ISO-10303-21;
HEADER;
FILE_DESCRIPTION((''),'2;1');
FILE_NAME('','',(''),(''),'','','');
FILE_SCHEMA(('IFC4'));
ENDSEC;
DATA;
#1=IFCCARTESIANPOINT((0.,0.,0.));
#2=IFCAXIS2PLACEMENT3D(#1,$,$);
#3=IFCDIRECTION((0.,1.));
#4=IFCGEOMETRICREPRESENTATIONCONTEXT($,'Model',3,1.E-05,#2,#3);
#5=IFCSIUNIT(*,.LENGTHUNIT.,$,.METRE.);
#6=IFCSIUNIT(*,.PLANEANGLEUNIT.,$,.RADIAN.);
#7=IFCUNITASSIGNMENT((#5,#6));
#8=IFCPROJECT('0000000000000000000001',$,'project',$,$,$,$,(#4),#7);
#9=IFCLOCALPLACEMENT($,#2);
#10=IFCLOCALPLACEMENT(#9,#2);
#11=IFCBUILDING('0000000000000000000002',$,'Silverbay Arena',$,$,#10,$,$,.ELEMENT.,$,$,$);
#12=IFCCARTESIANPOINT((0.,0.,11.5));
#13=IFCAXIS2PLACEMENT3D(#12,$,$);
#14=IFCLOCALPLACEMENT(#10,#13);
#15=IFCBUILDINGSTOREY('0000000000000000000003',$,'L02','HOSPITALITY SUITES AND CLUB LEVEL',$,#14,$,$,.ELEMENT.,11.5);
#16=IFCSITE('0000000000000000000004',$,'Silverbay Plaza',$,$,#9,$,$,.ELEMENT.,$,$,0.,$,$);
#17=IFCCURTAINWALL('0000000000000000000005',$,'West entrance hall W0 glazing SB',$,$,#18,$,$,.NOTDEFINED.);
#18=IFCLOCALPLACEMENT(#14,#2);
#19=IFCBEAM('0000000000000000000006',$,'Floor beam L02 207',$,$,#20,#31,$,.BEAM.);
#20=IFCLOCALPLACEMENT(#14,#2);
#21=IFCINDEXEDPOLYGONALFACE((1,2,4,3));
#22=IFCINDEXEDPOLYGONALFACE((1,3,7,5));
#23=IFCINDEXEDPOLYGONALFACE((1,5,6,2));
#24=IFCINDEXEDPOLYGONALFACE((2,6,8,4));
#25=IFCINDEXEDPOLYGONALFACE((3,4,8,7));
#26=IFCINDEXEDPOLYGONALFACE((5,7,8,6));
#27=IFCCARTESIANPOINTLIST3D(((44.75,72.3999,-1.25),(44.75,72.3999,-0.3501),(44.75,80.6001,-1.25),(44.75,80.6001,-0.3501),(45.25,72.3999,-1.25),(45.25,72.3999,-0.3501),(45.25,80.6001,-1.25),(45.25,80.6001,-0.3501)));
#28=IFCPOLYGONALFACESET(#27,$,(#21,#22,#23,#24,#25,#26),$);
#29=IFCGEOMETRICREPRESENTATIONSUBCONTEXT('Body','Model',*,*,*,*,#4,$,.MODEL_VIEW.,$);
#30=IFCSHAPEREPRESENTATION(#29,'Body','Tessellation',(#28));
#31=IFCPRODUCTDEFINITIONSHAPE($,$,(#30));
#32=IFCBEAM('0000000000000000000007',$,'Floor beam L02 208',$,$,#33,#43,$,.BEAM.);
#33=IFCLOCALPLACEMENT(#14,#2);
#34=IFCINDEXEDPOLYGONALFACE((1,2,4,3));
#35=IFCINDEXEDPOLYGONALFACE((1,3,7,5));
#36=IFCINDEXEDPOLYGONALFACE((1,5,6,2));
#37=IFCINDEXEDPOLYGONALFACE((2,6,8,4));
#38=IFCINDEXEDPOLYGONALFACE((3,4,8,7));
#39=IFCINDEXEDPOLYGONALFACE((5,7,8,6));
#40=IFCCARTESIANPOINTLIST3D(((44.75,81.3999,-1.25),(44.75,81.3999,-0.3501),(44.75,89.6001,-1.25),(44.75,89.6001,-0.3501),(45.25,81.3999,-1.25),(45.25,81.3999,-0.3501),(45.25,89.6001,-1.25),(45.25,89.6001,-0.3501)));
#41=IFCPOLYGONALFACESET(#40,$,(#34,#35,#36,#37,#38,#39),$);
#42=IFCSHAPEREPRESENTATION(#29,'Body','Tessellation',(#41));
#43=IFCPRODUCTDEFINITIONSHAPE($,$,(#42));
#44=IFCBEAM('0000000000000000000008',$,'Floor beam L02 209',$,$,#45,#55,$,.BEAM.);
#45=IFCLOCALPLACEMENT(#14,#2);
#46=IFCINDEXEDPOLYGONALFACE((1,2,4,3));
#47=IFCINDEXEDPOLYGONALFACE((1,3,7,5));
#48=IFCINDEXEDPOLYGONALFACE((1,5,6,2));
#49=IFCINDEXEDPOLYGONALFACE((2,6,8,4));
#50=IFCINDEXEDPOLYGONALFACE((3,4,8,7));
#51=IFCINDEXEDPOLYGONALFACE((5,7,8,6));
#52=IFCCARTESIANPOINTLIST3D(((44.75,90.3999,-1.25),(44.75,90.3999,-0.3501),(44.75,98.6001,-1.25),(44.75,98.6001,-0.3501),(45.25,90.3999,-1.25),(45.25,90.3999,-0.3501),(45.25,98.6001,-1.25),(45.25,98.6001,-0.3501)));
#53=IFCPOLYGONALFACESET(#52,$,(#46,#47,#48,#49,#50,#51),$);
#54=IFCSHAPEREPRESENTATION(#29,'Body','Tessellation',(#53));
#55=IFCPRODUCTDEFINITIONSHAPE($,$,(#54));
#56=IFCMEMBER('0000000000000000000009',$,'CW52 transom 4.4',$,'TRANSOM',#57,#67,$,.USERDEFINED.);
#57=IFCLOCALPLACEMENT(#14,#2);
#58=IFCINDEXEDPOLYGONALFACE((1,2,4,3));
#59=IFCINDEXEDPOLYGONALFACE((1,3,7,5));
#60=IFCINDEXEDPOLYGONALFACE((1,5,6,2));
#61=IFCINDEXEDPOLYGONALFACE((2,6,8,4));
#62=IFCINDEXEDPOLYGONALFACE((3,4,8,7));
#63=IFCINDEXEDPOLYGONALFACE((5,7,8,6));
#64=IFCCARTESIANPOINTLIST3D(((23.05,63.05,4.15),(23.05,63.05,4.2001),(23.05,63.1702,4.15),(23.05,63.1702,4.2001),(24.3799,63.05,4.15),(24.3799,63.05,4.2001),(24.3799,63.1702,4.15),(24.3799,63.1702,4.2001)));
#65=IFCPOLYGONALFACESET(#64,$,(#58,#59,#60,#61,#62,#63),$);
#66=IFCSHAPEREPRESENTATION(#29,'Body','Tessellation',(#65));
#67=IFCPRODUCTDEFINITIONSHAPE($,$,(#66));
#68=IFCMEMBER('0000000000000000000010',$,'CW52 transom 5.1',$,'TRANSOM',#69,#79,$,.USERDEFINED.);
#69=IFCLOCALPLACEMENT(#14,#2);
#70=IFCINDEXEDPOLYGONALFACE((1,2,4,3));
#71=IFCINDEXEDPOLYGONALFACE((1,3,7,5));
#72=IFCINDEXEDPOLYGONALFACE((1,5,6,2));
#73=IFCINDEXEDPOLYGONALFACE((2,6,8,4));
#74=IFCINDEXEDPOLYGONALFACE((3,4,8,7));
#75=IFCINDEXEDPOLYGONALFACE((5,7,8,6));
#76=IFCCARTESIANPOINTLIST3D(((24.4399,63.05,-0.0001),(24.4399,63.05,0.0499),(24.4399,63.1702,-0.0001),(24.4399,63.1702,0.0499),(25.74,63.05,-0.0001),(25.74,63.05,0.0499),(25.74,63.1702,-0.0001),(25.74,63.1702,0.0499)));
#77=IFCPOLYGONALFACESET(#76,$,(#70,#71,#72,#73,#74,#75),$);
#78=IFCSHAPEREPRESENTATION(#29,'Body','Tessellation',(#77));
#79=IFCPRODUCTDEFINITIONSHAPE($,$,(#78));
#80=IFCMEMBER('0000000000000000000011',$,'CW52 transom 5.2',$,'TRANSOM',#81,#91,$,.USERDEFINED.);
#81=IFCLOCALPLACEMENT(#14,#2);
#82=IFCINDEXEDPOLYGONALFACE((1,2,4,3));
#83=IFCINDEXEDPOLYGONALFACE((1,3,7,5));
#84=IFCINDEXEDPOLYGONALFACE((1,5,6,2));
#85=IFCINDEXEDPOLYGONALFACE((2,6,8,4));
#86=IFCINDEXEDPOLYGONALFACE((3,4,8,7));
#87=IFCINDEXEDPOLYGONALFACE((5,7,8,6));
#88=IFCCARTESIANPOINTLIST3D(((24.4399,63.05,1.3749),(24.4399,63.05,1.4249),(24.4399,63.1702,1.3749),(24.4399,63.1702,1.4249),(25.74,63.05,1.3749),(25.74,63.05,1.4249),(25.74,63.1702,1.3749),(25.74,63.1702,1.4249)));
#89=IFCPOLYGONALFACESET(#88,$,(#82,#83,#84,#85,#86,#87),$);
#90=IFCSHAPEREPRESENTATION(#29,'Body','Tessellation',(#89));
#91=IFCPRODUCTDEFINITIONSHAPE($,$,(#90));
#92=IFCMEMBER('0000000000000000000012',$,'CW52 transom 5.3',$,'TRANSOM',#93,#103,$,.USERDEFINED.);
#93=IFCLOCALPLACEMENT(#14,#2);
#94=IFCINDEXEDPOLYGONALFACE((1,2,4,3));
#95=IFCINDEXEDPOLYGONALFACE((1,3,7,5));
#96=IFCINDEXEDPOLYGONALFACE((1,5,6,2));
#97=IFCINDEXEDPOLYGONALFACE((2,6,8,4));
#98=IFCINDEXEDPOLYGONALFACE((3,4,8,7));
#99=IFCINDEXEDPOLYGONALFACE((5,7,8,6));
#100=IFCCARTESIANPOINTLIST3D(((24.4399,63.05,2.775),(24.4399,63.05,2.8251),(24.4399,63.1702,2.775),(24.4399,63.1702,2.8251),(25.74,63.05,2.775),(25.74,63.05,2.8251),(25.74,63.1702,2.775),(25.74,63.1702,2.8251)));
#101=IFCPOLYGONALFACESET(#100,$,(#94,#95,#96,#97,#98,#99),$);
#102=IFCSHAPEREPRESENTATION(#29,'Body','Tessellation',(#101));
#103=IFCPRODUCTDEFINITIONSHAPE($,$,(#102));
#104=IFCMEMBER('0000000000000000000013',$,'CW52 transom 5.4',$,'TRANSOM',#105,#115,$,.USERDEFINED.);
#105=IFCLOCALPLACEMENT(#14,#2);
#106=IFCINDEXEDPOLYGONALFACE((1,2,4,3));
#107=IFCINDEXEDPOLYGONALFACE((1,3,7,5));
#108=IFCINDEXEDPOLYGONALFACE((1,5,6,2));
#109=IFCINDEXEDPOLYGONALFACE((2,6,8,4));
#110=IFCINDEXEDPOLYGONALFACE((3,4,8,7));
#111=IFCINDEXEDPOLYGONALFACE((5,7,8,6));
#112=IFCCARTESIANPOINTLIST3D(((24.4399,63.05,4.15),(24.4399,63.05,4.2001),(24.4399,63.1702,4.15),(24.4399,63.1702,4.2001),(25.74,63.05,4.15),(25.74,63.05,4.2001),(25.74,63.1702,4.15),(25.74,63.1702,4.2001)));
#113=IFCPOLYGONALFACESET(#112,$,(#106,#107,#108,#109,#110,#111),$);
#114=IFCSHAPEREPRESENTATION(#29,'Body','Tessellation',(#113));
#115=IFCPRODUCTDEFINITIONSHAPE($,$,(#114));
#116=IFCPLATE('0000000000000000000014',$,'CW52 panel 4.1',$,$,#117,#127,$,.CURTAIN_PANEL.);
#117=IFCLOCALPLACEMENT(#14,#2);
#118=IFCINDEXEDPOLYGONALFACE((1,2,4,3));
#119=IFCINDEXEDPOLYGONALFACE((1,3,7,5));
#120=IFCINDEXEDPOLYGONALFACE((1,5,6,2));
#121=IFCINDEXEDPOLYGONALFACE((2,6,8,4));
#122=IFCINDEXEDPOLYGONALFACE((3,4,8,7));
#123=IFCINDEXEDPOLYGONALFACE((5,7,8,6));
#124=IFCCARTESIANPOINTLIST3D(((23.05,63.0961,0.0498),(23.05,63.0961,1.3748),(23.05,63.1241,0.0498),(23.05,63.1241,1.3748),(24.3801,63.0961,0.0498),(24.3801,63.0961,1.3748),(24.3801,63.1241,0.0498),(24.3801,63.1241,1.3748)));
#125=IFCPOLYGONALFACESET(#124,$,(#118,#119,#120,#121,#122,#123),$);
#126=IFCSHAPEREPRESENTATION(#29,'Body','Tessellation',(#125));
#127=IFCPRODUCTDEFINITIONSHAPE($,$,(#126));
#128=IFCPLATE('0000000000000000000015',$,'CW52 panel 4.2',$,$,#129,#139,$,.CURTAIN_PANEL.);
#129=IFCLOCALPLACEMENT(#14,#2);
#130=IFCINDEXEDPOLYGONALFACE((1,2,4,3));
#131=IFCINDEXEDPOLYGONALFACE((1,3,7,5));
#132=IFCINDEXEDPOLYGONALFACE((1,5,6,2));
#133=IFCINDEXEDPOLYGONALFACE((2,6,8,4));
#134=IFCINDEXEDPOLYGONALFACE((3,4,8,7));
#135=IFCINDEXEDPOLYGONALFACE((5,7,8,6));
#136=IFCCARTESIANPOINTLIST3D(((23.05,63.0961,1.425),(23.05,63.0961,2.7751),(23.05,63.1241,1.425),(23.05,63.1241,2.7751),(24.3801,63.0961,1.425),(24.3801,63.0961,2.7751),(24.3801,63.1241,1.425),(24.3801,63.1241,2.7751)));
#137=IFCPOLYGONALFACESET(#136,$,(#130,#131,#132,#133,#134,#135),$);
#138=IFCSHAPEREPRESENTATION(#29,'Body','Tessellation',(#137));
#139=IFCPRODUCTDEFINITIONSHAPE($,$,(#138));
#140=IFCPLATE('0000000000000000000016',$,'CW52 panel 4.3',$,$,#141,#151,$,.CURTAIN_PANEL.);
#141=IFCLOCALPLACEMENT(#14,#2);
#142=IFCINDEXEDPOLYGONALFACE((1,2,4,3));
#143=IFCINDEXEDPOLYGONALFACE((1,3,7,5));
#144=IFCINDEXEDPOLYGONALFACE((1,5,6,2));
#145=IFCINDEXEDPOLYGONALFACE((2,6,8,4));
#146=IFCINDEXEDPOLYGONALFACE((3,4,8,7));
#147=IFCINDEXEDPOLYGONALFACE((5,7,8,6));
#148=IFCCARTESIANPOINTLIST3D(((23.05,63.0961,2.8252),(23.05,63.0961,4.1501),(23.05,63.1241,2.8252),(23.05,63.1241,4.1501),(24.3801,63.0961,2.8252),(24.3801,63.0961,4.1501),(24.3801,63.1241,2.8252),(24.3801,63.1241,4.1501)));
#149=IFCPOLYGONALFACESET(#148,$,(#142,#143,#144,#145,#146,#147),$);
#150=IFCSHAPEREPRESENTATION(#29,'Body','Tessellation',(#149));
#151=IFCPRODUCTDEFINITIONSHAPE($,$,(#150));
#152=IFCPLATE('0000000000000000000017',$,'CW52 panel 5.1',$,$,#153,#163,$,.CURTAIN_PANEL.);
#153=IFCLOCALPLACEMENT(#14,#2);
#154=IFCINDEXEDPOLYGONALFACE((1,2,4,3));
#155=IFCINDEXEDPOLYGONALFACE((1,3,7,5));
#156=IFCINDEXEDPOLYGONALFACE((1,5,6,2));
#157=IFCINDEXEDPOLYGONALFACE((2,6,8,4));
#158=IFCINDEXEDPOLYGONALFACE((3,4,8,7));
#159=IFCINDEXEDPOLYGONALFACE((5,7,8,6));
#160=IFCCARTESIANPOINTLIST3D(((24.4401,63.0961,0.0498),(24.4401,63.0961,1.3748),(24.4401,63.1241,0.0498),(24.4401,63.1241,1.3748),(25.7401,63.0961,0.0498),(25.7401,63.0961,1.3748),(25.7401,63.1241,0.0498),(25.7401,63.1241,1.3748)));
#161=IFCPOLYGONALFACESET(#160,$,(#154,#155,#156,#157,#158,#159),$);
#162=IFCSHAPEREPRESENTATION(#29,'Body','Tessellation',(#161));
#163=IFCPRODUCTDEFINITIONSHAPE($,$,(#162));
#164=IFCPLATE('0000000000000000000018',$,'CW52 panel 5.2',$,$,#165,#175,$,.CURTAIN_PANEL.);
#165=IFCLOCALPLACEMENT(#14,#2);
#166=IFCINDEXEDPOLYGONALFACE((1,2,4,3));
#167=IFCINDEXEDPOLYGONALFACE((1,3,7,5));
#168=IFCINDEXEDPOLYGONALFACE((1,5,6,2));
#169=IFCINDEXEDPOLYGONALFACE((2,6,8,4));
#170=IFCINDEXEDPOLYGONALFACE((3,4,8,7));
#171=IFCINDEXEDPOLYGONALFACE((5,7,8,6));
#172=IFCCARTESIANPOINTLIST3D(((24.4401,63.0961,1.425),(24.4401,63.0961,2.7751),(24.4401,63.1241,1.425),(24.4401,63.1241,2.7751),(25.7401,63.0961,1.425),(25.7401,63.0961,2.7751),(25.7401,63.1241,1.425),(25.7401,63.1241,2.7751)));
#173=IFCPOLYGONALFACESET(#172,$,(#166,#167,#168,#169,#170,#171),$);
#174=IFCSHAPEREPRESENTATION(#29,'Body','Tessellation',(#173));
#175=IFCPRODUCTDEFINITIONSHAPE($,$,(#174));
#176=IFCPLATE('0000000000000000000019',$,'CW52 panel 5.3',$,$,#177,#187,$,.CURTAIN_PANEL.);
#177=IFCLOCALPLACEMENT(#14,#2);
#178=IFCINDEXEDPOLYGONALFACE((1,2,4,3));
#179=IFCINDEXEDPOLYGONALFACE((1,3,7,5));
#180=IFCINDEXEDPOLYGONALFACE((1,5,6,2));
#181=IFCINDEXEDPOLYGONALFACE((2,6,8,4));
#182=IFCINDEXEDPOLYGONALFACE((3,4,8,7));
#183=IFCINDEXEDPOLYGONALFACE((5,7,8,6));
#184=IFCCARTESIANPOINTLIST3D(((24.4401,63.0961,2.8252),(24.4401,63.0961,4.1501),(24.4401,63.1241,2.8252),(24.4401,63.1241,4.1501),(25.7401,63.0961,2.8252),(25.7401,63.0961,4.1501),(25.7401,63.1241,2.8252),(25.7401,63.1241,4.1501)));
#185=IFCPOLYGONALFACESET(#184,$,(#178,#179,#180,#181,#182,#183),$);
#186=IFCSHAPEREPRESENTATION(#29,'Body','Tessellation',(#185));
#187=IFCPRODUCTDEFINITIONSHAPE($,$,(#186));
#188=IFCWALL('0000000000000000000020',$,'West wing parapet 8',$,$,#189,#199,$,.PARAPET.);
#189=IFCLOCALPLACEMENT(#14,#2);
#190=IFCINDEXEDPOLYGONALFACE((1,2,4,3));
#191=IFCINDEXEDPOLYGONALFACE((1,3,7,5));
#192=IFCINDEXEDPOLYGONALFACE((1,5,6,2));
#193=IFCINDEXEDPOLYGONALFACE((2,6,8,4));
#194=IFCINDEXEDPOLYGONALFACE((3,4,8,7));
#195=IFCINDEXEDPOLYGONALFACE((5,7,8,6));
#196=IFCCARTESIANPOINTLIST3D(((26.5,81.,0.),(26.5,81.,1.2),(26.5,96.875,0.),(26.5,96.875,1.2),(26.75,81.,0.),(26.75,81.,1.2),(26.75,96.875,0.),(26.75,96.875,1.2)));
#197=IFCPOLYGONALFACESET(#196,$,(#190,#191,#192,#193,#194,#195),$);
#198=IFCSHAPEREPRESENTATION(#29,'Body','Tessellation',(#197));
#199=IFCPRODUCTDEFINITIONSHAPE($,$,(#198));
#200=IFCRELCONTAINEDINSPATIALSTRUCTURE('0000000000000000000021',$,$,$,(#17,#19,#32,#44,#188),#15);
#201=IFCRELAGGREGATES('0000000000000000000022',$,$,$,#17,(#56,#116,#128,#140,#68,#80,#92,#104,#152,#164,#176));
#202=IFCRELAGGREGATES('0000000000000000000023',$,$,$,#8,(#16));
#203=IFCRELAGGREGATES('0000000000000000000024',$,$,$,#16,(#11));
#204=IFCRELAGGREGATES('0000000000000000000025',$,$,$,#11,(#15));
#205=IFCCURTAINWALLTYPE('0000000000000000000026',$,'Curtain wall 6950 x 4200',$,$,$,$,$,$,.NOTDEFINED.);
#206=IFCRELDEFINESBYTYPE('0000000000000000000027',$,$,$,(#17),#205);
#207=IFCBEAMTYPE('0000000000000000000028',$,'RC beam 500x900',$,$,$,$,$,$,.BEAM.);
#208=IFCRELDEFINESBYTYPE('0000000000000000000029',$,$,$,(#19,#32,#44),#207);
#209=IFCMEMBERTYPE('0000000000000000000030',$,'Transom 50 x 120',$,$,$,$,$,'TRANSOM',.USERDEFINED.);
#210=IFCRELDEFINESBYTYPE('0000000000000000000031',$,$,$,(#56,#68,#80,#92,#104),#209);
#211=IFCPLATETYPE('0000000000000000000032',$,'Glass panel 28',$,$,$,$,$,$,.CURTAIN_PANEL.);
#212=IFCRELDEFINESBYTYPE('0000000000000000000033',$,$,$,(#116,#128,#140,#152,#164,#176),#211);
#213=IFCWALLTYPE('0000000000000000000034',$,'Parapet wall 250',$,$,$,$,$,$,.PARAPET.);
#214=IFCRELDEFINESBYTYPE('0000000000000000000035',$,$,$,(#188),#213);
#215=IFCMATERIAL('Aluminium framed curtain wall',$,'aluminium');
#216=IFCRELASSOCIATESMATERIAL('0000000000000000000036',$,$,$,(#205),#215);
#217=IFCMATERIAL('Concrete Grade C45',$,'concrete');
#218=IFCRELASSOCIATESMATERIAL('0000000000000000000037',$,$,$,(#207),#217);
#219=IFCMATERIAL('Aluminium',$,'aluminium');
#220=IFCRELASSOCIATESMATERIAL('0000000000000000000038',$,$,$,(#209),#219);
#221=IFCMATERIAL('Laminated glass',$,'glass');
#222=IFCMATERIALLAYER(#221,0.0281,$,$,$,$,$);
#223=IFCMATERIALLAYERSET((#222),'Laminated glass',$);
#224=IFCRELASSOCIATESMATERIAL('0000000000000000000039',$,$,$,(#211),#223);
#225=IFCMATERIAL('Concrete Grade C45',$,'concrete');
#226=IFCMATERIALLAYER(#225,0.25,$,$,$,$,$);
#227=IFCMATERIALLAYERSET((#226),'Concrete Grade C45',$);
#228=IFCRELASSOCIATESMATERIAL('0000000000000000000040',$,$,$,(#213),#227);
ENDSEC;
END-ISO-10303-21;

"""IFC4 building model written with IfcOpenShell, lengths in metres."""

from ifc_helpers import new_model, si_unit, direction, frame, frame_2d, origin, origin_2d, place, context, subcontext, project, spatial, rectangle, extrude, material, layer, layer_set, material_profile, profile_set, type_object, element, aggregate, save


model = new_model("IFC4")

# Units and contexts
model_context = context("Model", 3, precision=1e-05, world=origin(), true_north=direction((0.0, 1.0)))
body_context = subcontext(model_context, "Body", "Model", "MODEL_VIEW")
ifc_project = project(units=[si_unit("LENGTHUNIT", "METRE"), si_unit("PLANEANGLEUNIT", "RADIAN")], contexts=[model_context])

# Site, building, storey
site_placement = place(None, origin())
site = spatial("IfcSite", under=ifc_project, at=site_placement, Name="Silverbay Plaza", CompositionType="ELEMENT", RefElevation=0.0)
building_placement = place(site_placement, origin())
building = spatial("IfcBuilding", under=site, at=building_placement, Name="Silverbay Arena", CompositionType="ELEMENT")
storey_placement = place(building_placement, frame((0.0, 0.0, 11.5)))
storey = spatial("IfcBuildingStorey", under=building, at=storey_placement, Name="L02", Description="HOSPITALITY SUITES AND CLUB LEVEL", CompositionType="ELEMENT", Elevation=11.5)

# Curtain wall
ifc_material_1 = material(Name="Aluminium framed curtain wall", Category="aluminium")
curtain_wall_type = type_object("IfcCurtainWallType", Name="Curtain wall 6950 x 4200", PredefinedType="NOTDEFINED", material=ifc_material_1)
curtain_wall_placement = place(storey_placement, origin())
curtain_wall = element("IfcCurtainWall", 1, at=curtain_wall_placement, inside=storey, type_object=curtain_wall_type, Name="West entrance hall W0 glazing SB", PredefinedType="NOTDEFINED")

# Beams
ifc_material_2 = material(Name="Concrete Grade C45", Category="concrete")
ifc_material_profile_1 = material_profile(ifc_material_2, rectangle(XDim=0.5, YDim=0.8999, at=origin_2d()), Name="RC 500x900")
ifc_profile_set_1 = profile_set([ifc_material_profile_1], Name="Concrete Grade C45")
beam_type_1 = type_object("IfcBeamType", Name="RC beam 500x900", PredefinedType="BEAM", material=ifc_profile_set_1)
for number, where, z_axis, x_axis, name in (
    (2, (45.0, 72.3999, -0.8), (0.0, 1.0, 0.0), (-1.0, 0.0, 0.0), "Floor beam L02 207"),
    (3, (45.0, 81.3999, -0.8), (0.0, 1.0, 0.0), (-1.0, 0.0, 0.0), "Floor beam L02 208"),
    (4, (45.0, 90.3999, -0.8), (0.0, 1.0, 0.0), (-1.0, 0.0, 0.0), "Floor beam L02 209"),
):
    element("IfcBeam", number, at=place(storey_placement, frame(where, z_axis=z_axis, x_axis=x_axis)), inside=storey, type_object=beam_type_1, Name=name, PredefinedType="BEAM", context=body_context, shape_type="SweptSolid", body=[
        extrude(rectangle(XDim=0.5, YDim=0.8999, at=origin_2d()), origin(), (0.0, 0.0, 1.0), 8.2002),
    ])

# Members
ifc_material_3 = material(Name="Aluminium", Category="aluminium")
ifc_material_profile_2 = material_profile(ifc_material_3, rectangle(XDim=0.1201, YDim=0.05, at=origin_2d()), Name="Transom 50 x 120")
ifc_profile_set_2 = profile_set([ifc_material_profile_2], Name="Aluminium")
member_type_1 = type_object("IfcMemberType", Name="Transom 50 x 120", ElementType="TRANSOM", PredefinedType="USERDEFINED", material=ifc_profile_set_2)
member_1_placement = place(storey_placement, frame((23.05, 63.1101, 4.175), z_axis=(1.0, 0.0, 0.0), x_axis=(0.0, 1.0, 0.0)))
member_1 = element("IfcMember", 5, at=member_1_placement, type_object=member_type_1, Name="CW52 transom 4.4", ObjectType="TRANSOM", PredefinedType="USERDEFINED", context=body_context, shape_type="SweptSolid", body=[
    extrude(rectangle(XDim=0.1201, YDim=0.05, at=origin_2d()), origin(), (0.0, 0.0, 1.0), 1.3298),
])
member_2_placement = place(storey_placement, frame((24.4399, 63.1101, 0.0249), z_axis=(1.0, 0.0, 0.0), x_axis=(0.0, 1.0, 0.0)))
member_2 = element("IfcMember", 6, at=member_2_placement, type_object=member_type_1, Name="CW52 transom 5.1", ObjectType="TRANSOM", PredefinedType="USERDEFINED", context=body_context, shape_type="SweptSolid", body=[
    extrude(rectangle(XDim=0.1201, YDim=0.05, at=origin_2d()), origin(), (0.0, 0.0, 1.0), 1.3),
])
member_3_placement = place(storey_placement, frame((24.4399, 63.1101, 1.3999), z_axis=(1.0, 0.0, 0.0), x_axis=(0.0, 1.0, 0.0)))
member_3 = element("IfcMember", 7, at=member_3_placement, type_object=member_type_1, Name="CW52 transom 5.2", ObjectType="TRANSOM", PredefinedType="USERDEFINED", context=body_context, shape_type="SweptSolid", body=[
    extrude(rectangle(XDim=0.1201, YDim=0.05, at=origin_2d()), origin(), (0.0, 0.0, 1.0), 1.3),
])
member_4_placement = place(storey_placement, frame((24.4399, 63.1101, 2.8), z_axis=(1.0, 0.0, 0.0), x_axis=(0.0, 1.0, 0.0)))
member_4 = element("IfcMember", 8, at=member_4_placement, type_object=member_type_1, Name="CW52 transom 5.3", ObjectType="TRANSOM", PredefinedType="USERDEFINED", context=body_context, shape_type="SweptSolid", body=[
    extrude(rectangle(XDim=0.1201, YDim=0.05, at=origin_2d()), origin(), (0.0, 0.0, 1.0), 1.3),
])
member_5_placement = place(storey_placement, frame((24.4399, 63.1101, 4.175), z_axis=(1.0, 0.0, 0.0), x_axis=(0.0, 1.0, 0.0)))
member_5 = element("IfcMember", 9, at=member_5_placement, type_object=member_type_1, Name="CW52 transom 5.4", ObjectType="TRANSOM", PredefinedType="USERDEFINED", context=body_context, shape_type="SweptSolid", body=[
    extrude(rectangle(XDim=0.1201, YDim=0.05, at=origin_2d()), origin(), (0.0, 0.0, 1.0), 1.3),
])

# Plates
ifc_material_4 = material(Name="Laminated glass", Category="glass")
ifc_layer_1 = layer(ifc_material_4, 0.0281)
ifc_layer_set_1 = layer_set([ifc_layer_1], Name="Laminated glass")
plate_type = type_object("IfcPlateType", Name="Glass panel 28", PredefinedType="CURTAIN_PANEL", material=ifc_layer_set_1)
plate_1_placement = place(storey_placement, frame((23.7151, 63.1101, 0.0498), z_axis=(0.0, 0.0, 1.0), x_axis=(1.0, 0.0, 0.0)))
plate_1 = element("IfcPlate", 10, at=plate_1_placement, type_object=plate_type, Name="CW52 panel 4.1", PredefinedType="CURTAIN_PANEL", context=body_context, shape_type="SweptSolid", body=[
    extrude(rectangle(XDim=1.3301, YDim=0.0281, at=origin_2d()), origin(), (0.0, 0.0, 1.0), 1.325),
])
plate_2_placement = place(storey_placement, frame((23.7151, 63.1101, 1.425), z_axis=(0.0, 0.0, 1.0), x_axis=(1.0, 0.0, 0.0)))
plate_2 = element("IfcPlate", 11, at=plate_2_placement, type_object=plate_type, Name="CW52 panel 4.2", PredefinedType="CURTAIN_PANEL", context=body_context, shape_type="SweptSolid", body=[
    extrude(rectangle(XDim=1.3301, YDim=0.0281, at=origin_2d()), origin(), (0.0, 0.0, 1.0), 1.3501),
])
plate_3_placement = place(storey_placement, frame((23.7151, 63.1101, 2.8252), z_axis=(0.0, 0.0, 1.0), x_axis=(1.0, 0.0, 0.0)))
plate_3 = element("IfcPlate", 12, at=plate_3_placement, type_object=plate_type, Name="CW52 panel 4.3", PredefinedType="CURTAIN_PANEL", context=body_context, shape_type="SweptSolid", body=[
    extrude(rectangle(XDim=1.3301, YDim=0.0281, at=origin_2d()), origin(), (0.0, 0.0, 1.0), 1.325),
])
plate_4_placement = place(storey_placement, frame((25.0901, 63.1101, 0.0498), z_axis=(0.0, 0.0, 1.0), x_axis=(1.0, 0.0, 0.0)))
plate_4 = element("IfcPlate", 13, at=plate_4_placement, type_object=plate_type, Name="CW52 panel 5.1", PredefinedType="CURTAIN_PANEL", context=body_context, shape_type="SweptSolid", body=[
    extrude(rectangle(XDim=1.3, YDim=0.0281, at=origin_2d()), origin(), (0.0, 0.0, 1.0), 1.325),
])
plate_5_placement = place(storey_placement, frame((25.0901, 63.1101, 1.425), z_axis=(0.0, 0.0, 1.0), x_axis=(1.0, 0.0, 0.0)))
plate_5 = element("IfcPlate", 14, at=plate_5_placement, type_object=plate_type, Name="CW52 panel 5.2", PredefinedType="CURTAIN_PANEL", context=body_context, shape_type="SweptSolid", body=[
    extrude(rectangle(XDim=1.3, YDim=0.0281, at=origin_2d()), origin(), (0.0, 0.0, 1.0), 1.3501),
])
plate_6_placement = place(storey_placement, frame((25.0901, 63.1101, 2.8252), z_axis=(0.0, 0.0, 1.0), x_axis=(1.0, 0.0, 0.0)))
plate_6 = element("IfcPlate", 15, at=plate_6_placement, type_object=plate_type, Name="CW52 panel 5.3", PredefinedType="CURTAIN_PANEL", context=body_context, shape_type="SweptSolid", body=[
    extrude(rectangle(XDim=1.3, YDim=0.0281, at=origin_2d()), origin(), (0.0, 0.0, 1.0), 1.325),
])
aggregate(curtain_wall, [member_1, plate_1, plate_2, plate_3, member_2, member_3, member_4, member_5, plate_4, plate_5, plate_6])

# Wall
ifc_material_5 = material(Name="Concrete Grade C45", Category="concrete")
ifc_layer_2 = layer(ifc_material_5, 0.25)
ifc_layer_set_2 = layer_set([ifc_layer_2], Name="Concrete Grade C45")
wall_type = type_object("IfcWallType", Name="Parapet wall 250", PredefinedType="PARAPET", material=ifc_layer_set_2)
for number, where, z_axis, x_axis, name in (
    (16, (26.625, 96.875, 0.0), (0.0, 0.0, 1.0), (0.0, -1.0, 0.0), "West wing parapet 8"),
):
    element("IfcWall", number, at=place(storey_placement, frame(where, z_axis=z_axis, x_axis=x_axis)), inside=storey, type_object=wall_type, Name=name, PredefinedType="PARAPET", context=body_context, shape_type="SweptSolid", body=[
        extrude(rectangle(XDim=15.875, YDim=0.25, at=frame_2d((7.9375, 0.0))), origin(), (0.0, 0.0, 1.0), 1.2),
    ])

save(model, "model.ifc")
